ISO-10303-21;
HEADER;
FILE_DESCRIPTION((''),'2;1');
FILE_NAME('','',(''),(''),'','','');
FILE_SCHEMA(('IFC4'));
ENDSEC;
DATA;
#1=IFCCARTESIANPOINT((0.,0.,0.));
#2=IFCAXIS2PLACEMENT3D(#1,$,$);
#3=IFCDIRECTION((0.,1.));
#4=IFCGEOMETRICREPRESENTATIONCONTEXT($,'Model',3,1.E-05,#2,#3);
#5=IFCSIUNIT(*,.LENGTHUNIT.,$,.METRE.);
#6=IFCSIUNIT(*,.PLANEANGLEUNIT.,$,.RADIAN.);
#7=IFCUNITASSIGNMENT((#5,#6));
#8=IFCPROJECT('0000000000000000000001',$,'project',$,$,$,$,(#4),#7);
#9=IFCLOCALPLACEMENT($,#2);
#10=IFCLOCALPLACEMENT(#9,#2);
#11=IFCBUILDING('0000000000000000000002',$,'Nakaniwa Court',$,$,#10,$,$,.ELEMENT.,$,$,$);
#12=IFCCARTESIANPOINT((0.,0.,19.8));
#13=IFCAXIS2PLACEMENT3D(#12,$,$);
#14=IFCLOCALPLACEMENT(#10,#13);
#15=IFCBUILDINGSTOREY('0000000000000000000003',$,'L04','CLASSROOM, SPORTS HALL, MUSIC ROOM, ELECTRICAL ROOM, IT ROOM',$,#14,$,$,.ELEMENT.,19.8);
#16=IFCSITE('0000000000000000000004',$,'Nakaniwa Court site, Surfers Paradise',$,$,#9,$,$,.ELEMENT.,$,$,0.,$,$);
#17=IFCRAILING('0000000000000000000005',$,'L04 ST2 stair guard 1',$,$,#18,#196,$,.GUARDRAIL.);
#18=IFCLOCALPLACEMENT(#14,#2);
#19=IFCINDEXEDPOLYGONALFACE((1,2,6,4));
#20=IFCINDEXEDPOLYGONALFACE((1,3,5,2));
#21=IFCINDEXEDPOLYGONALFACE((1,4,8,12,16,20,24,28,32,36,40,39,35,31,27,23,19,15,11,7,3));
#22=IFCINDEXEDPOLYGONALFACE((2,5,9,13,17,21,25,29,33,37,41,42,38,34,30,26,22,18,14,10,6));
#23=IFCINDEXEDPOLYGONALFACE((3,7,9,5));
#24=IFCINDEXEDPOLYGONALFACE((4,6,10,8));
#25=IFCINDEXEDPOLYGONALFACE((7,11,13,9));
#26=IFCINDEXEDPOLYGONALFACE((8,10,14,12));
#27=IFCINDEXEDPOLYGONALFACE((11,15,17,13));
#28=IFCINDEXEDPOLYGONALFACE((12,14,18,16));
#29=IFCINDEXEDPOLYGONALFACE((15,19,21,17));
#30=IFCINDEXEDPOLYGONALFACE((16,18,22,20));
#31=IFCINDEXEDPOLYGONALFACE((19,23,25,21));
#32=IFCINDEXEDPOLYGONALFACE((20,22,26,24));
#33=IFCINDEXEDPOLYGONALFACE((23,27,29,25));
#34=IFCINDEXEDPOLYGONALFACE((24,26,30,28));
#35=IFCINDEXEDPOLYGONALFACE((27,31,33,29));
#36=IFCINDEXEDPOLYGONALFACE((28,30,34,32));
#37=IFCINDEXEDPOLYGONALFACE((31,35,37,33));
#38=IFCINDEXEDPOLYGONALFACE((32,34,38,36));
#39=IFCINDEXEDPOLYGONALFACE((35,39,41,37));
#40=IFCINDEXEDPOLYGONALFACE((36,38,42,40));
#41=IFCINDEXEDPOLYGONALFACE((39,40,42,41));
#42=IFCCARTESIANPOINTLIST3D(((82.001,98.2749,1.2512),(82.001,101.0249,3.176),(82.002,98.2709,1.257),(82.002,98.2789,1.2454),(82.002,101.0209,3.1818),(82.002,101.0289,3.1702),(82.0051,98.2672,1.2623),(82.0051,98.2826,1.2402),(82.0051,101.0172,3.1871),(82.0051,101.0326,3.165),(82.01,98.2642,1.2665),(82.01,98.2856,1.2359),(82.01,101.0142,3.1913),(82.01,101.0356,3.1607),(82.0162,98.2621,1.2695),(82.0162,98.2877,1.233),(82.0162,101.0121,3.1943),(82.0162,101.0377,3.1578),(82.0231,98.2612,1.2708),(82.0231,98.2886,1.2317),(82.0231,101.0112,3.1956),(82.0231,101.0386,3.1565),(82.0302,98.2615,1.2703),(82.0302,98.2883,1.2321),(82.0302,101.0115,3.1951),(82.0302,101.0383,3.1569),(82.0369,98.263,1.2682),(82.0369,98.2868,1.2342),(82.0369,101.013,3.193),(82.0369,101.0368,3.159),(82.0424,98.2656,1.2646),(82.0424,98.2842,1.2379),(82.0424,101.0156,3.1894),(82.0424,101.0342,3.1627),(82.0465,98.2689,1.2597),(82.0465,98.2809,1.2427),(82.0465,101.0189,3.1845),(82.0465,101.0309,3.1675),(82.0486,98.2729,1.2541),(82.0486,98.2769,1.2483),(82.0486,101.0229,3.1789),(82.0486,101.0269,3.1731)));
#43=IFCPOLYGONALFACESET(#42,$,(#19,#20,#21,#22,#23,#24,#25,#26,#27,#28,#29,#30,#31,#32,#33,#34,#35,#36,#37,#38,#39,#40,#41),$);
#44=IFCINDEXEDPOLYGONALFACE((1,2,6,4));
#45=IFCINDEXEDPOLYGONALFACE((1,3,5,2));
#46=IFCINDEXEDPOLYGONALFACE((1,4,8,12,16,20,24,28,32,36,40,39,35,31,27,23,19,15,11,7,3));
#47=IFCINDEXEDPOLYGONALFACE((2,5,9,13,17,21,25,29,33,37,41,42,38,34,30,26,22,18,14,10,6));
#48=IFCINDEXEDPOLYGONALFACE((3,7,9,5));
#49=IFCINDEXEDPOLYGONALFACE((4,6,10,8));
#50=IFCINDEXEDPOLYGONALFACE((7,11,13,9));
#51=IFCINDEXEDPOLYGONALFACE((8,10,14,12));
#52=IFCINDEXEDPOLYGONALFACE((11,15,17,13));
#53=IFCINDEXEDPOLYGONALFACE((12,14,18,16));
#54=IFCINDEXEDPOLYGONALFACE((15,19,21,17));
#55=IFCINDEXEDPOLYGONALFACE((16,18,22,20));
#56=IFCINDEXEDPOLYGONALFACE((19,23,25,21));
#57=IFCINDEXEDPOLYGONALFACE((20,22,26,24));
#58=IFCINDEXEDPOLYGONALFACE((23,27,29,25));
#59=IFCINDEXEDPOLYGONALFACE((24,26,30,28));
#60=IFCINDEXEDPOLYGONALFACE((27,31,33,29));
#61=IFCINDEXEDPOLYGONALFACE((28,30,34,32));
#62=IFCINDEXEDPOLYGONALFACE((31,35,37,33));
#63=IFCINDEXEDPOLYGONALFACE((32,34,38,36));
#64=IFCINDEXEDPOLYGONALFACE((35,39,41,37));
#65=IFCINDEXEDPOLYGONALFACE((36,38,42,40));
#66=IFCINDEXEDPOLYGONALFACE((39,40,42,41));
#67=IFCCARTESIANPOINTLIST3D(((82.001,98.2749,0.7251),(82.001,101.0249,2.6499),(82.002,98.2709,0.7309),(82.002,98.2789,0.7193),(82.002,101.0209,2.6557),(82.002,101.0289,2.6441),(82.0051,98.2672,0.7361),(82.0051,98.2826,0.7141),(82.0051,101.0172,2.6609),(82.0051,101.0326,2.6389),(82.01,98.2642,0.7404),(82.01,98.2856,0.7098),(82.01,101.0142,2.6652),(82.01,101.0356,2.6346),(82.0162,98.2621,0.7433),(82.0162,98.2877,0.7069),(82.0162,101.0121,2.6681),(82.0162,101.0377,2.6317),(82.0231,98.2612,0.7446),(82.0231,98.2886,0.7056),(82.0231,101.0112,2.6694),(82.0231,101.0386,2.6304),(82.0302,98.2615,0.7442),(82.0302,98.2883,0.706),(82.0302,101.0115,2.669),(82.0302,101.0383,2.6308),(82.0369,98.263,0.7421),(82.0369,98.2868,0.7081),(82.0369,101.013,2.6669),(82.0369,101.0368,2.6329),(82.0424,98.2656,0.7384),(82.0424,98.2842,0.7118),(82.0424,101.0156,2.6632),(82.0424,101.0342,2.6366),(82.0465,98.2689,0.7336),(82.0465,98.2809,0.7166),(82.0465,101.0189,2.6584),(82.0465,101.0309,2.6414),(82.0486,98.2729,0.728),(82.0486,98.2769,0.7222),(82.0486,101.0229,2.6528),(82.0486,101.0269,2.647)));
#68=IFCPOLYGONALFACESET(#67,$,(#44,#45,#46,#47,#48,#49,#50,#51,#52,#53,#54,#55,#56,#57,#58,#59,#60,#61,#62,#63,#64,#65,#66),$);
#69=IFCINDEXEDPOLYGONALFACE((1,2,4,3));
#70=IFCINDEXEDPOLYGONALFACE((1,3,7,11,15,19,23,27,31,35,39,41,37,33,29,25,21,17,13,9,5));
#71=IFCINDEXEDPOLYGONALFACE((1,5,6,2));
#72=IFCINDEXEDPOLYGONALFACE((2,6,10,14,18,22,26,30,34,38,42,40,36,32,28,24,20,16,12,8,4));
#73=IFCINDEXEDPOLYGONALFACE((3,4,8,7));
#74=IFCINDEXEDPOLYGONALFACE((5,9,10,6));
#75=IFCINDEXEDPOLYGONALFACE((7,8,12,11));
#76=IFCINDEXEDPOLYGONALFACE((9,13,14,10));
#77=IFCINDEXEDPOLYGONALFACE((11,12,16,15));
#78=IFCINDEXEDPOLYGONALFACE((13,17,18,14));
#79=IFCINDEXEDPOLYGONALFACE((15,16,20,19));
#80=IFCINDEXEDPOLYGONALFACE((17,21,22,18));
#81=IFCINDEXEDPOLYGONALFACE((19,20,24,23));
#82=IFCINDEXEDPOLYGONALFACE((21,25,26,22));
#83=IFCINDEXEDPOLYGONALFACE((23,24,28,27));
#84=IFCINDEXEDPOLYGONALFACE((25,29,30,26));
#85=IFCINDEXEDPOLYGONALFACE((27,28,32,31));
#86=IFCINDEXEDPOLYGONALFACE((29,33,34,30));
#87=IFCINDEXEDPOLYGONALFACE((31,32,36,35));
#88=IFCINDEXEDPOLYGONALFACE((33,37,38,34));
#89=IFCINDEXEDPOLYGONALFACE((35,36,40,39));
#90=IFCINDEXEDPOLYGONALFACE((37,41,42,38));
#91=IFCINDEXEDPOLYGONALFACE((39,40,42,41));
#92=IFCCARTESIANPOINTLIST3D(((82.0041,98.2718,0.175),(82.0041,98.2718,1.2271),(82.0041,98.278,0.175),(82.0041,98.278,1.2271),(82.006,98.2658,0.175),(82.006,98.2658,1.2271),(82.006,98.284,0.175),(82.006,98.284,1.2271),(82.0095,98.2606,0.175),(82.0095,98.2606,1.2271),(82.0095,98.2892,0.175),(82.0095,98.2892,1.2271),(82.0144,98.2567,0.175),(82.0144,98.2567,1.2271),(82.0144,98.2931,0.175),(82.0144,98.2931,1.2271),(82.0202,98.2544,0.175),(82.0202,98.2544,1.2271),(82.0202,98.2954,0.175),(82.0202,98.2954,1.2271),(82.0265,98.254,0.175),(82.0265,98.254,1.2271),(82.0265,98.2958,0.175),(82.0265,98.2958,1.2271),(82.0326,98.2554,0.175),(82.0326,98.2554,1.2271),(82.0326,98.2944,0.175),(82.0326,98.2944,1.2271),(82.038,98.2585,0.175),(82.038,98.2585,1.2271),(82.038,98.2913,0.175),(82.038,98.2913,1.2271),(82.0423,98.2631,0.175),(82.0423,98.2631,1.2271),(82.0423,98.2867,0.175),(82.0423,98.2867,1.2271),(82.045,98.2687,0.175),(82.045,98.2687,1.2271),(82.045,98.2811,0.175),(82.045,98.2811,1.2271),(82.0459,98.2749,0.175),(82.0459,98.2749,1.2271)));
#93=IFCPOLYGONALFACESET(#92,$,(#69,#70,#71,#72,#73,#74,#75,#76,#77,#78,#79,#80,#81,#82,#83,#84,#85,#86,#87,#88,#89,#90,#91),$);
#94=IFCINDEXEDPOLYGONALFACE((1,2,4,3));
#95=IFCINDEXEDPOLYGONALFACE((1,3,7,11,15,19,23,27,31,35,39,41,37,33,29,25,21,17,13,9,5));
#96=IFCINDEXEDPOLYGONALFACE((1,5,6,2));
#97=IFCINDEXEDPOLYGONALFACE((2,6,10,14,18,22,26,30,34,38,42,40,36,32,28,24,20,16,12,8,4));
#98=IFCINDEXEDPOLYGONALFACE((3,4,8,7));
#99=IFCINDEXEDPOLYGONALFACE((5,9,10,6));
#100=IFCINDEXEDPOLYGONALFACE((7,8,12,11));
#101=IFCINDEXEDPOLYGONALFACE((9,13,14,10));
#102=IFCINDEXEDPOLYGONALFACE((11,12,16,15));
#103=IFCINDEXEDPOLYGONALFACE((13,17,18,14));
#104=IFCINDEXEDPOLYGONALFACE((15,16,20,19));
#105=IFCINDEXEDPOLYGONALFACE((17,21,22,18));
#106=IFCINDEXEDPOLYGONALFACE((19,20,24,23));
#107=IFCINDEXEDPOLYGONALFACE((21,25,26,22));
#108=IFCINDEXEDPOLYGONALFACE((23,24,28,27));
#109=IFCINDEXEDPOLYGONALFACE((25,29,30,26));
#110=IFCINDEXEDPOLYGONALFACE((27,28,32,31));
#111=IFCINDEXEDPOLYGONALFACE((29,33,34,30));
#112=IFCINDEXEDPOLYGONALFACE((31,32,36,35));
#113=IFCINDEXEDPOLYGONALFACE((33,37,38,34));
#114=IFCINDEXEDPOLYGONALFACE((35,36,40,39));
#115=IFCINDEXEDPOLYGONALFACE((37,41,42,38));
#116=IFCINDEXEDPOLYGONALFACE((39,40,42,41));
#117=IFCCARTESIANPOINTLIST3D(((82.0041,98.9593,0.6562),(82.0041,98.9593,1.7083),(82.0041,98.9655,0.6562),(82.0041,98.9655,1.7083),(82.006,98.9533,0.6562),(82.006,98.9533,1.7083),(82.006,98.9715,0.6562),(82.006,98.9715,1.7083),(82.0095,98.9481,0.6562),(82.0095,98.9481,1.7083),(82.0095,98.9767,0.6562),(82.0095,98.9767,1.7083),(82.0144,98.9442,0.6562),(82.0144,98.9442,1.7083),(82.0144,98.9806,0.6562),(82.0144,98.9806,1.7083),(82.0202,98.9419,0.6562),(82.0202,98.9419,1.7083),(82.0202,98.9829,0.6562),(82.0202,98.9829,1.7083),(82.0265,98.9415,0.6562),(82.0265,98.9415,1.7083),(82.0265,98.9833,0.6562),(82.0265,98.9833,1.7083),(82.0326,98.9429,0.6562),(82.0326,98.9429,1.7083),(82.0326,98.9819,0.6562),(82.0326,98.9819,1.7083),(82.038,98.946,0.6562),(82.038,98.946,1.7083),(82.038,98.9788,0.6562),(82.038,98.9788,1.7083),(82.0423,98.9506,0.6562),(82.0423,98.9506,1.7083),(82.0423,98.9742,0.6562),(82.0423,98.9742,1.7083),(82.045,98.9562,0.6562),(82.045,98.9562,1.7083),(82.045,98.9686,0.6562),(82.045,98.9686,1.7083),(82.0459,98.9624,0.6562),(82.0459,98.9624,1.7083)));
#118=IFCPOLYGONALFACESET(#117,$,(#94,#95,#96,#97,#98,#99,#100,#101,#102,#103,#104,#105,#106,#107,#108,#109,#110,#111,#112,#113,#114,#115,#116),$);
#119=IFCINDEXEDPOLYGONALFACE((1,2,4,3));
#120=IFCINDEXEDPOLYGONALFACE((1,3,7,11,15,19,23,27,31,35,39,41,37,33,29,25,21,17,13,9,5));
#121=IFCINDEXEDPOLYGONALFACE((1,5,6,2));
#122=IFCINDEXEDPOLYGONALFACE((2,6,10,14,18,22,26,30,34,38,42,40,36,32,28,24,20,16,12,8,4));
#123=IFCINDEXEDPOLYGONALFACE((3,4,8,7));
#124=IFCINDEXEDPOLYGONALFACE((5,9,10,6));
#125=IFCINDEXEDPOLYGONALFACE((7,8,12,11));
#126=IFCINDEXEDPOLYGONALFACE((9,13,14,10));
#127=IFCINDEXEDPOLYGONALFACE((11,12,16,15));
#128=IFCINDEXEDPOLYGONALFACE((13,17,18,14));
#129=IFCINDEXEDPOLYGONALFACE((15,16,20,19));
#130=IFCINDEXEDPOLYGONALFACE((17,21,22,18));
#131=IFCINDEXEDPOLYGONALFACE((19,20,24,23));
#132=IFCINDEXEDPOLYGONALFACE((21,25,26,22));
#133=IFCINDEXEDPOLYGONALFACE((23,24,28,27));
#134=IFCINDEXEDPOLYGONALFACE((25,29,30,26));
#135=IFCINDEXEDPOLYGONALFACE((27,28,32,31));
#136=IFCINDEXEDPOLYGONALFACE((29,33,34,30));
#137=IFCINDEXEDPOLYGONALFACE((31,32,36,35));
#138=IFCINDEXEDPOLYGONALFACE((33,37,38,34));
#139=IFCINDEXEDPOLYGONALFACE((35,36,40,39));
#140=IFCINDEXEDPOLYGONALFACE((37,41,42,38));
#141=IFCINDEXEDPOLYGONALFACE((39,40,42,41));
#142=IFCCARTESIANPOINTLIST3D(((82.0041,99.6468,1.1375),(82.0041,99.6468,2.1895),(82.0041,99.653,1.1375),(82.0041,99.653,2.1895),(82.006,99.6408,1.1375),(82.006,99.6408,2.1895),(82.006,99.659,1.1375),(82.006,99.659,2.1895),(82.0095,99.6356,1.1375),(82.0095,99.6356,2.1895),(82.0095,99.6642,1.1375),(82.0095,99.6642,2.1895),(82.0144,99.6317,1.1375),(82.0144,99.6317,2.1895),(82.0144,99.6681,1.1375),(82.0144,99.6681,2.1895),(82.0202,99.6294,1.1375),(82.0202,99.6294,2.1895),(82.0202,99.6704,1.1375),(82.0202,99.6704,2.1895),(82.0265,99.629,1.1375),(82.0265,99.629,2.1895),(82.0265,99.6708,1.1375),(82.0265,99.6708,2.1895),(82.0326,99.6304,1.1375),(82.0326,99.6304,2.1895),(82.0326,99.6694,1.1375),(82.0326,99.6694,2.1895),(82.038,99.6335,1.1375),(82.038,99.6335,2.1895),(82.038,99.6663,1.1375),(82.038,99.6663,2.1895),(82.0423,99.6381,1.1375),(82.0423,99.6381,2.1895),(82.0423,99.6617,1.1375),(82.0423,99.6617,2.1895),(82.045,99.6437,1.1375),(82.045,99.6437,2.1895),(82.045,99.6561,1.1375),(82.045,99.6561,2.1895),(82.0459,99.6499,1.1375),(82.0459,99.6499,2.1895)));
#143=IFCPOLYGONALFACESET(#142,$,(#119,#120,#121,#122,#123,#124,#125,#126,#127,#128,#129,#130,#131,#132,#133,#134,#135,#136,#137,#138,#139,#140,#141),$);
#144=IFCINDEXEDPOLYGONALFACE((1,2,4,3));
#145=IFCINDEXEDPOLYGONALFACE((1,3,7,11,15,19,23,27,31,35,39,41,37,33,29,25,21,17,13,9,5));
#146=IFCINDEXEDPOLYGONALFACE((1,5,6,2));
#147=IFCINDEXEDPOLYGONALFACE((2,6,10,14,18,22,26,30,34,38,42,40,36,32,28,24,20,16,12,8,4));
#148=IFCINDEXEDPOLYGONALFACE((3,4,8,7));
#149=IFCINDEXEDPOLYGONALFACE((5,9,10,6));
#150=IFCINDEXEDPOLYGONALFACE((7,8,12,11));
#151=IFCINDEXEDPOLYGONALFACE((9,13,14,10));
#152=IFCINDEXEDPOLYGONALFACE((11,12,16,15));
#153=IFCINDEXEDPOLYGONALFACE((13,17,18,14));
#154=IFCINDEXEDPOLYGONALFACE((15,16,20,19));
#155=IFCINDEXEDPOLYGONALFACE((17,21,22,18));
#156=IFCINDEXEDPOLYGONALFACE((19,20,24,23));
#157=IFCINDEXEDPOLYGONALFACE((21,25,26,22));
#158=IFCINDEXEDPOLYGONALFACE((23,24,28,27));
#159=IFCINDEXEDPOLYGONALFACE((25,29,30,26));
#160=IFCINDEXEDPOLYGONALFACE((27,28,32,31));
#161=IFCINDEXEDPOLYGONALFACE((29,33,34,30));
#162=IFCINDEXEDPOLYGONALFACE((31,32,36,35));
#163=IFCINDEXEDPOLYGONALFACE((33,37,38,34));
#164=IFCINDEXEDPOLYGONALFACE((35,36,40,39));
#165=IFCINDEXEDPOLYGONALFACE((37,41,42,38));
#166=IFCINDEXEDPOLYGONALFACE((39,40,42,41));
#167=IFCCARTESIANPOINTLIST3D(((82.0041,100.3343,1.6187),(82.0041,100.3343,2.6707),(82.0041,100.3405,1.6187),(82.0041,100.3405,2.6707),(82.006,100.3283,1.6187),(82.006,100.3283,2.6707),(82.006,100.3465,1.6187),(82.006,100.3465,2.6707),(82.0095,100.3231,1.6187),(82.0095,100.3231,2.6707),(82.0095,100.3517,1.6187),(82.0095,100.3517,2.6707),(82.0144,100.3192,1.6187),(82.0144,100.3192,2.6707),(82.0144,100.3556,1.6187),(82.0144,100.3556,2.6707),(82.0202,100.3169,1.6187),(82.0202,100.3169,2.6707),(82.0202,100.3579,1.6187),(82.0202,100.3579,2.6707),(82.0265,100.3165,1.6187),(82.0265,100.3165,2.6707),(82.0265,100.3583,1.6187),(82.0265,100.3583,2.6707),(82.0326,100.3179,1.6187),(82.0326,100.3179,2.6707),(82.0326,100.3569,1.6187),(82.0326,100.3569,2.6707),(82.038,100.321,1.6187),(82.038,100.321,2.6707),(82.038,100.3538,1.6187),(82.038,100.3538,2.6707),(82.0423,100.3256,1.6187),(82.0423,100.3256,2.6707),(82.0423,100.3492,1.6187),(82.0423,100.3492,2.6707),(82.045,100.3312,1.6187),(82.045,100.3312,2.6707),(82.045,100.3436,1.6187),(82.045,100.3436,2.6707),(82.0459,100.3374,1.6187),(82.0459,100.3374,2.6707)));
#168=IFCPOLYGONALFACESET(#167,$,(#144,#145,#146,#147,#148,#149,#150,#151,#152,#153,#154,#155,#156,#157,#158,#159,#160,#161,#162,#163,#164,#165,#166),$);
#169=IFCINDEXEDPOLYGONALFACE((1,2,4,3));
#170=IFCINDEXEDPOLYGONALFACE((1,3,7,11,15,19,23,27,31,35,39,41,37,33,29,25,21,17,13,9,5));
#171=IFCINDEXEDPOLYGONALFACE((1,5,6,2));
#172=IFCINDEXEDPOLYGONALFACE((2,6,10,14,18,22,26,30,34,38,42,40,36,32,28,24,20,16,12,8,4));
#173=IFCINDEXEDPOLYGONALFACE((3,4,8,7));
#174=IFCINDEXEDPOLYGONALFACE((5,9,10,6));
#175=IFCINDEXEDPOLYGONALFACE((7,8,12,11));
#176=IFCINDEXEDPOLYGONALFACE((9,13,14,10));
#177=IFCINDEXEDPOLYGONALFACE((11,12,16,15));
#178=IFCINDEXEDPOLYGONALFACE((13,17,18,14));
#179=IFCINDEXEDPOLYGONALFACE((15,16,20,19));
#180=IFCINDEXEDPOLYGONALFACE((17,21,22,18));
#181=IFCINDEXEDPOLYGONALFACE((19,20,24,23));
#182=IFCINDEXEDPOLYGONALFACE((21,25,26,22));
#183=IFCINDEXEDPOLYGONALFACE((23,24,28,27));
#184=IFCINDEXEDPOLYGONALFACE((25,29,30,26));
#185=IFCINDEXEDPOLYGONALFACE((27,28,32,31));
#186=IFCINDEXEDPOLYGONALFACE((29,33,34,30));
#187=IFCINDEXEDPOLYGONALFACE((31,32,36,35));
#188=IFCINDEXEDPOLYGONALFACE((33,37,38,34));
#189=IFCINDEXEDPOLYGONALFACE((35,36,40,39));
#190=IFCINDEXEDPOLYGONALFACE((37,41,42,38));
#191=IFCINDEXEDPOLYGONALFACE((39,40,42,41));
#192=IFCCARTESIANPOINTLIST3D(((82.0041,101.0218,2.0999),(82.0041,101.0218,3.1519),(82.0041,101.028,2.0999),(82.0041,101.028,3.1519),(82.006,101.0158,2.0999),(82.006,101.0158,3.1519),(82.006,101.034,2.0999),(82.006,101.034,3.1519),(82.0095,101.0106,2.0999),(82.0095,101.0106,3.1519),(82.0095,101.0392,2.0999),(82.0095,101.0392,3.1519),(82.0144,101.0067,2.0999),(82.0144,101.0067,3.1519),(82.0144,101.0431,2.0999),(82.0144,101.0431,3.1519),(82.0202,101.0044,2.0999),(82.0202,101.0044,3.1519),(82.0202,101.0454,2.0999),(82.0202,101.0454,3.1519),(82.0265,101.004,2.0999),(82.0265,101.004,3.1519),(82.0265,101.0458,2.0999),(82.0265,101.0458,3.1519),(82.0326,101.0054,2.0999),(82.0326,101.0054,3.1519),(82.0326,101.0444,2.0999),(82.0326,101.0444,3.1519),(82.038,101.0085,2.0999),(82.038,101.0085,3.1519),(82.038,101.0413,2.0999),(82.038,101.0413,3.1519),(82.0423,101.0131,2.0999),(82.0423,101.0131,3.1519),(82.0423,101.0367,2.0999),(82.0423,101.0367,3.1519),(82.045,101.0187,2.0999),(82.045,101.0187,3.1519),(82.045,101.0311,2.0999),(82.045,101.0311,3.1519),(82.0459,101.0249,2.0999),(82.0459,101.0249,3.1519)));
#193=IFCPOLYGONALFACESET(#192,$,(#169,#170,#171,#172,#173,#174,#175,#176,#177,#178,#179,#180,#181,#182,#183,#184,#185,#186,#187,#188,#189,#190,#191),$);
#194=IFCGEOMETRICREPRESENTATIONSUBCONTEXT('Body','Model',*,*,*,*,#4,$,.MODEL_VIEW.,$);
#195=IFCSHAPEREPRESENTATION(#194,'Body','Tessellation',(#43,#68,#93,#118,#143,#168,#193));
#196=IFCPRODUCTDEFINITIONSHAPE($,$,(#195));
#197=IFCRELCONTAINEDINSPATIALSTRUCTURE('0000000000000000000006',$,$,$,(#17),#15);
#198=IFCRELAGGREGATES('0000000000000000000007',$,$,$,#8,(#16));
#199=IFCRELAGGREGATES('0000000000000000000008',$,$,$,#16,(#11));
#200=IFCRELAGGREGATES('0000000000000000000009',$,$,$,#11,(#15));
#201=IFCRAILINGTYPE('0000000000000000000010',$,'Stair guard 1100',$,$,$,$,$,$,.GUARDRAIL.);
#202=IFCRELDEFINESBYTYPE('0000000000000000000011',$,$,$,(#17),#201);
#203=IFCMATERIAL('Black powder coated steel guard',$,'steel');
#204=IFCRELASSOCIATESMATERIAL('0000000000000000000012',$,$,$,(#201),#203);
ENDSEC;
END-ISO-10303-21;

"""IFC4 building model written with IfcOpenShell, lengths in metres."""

from ifc_helpers import new_model, si_unit, direction, frame, origin, origin_2d, place, context, subcontext, project, spatial, circle, extrude, material, type_object, element, save


model = new_model("IFC4")

# Units and contexts
model_context = context("Model", 3, precision=1e-05, world=origin(), true_north=direction((0.0, 1.0)))
body_context = subcontext(model_context, "Body", "Model", "MODEL_VIEW")
ifc_project = project(units=[si_unit("LENGTHUNIT", "METRE"), si_unit("PLANEANGLEUNIT", "RADIAN")], contexts=[model_context])

# Site, building, storey
site_placement = place(None, origin())
site = spatial("IfcSite", under=ifc_project, at=site_placement, Name="Nakaniwa Court site, Surfers Paradise", CompositionType="ELEMENT", RefElevation=0.0)
building_placement = place(site_placement, origin())
building = spatial("IfcBuilding", under=site, at=building_placement, Name="Nakaniwa Court", CompositionType="ELEMENT")
storey_placement = place(building_placement, frame((0.0, 0.0, 19.8)))
storey = spatial("IfcBuildingStorey", under=building, at=storey_placement, Name="L04", Description="CLASSROOM, SPORTS HALL, MUSIC ROOM, ELECTRICAL ROOM, IT ROOM", CompositionType="ELEMENT", Elevation=19.8)

# Railing
ifc_material_1 = material(Name="Black powder coated steel guard", Category="steel")
railing_type_1 = type_object("IfcRailingType", Name="Stair guard 1100", PredefinedType="GUARDRAIL", material=ifc_material_1)
railing_1_placement = place(storey_placement, frame((82.0249, 98.2749, 0.175)))
element("IfcRailing", 1, at=railing_1_placement, inside=storey, type_object=railing_type_1, Name="L04 ST2 stair guard 1", PredefinedType="GUARDRAIL", context=body_context, shape_type="SweptSolid", body=[
    extrude(circle(Radius=0.0239, at=origin_2d()), frame((0.0, 0.0, 1.0762), z_axis=(0.0, 0.819259, 0.573423), x_axis=(-1.0, 0.0, 0.0)), (0.0, 0.0, 1.0), 3.3567),
    extrude(circle(Radius=0.0239, at=origin_2d()), frame((0.0, 0.0, 0.55), z_axis=(0.0, 0.819259, 0.573423), x_axis=(-1.0, 0.0, 0.0)), (0.0, 0.0, 1.0), 3.3567),
    extrude(circle(Radius=0.021, at=origin_2d()), origin(), (0.0, 0.0, 1.0), 1.052),
    extrude(circle(Radius=0.021, at=origin_2d()), frame((0.0, 0.6875, 0.4812)), (0.0, 0.0, 1.0), 1.052),
    extrude(circle(Radius=0.021, at=origin_2d()), frame((0.0, 1.375, 0.9624)), (0.0, 0.0, 1.0), 1.052),
    extrude(circle(Radius=0.021, at=origin_2d()), frame((0.0, 2.0625, 1.4436)), (0.0, 0.0, 1.0), 1.052),
    extrude(circle(Radius=0.021, at=origin_2d()), frame((0.0, 2.75, 1.9248)), (0.0, 0.0, 1.0), 1.052),
])

save(model, "model.ifc")
